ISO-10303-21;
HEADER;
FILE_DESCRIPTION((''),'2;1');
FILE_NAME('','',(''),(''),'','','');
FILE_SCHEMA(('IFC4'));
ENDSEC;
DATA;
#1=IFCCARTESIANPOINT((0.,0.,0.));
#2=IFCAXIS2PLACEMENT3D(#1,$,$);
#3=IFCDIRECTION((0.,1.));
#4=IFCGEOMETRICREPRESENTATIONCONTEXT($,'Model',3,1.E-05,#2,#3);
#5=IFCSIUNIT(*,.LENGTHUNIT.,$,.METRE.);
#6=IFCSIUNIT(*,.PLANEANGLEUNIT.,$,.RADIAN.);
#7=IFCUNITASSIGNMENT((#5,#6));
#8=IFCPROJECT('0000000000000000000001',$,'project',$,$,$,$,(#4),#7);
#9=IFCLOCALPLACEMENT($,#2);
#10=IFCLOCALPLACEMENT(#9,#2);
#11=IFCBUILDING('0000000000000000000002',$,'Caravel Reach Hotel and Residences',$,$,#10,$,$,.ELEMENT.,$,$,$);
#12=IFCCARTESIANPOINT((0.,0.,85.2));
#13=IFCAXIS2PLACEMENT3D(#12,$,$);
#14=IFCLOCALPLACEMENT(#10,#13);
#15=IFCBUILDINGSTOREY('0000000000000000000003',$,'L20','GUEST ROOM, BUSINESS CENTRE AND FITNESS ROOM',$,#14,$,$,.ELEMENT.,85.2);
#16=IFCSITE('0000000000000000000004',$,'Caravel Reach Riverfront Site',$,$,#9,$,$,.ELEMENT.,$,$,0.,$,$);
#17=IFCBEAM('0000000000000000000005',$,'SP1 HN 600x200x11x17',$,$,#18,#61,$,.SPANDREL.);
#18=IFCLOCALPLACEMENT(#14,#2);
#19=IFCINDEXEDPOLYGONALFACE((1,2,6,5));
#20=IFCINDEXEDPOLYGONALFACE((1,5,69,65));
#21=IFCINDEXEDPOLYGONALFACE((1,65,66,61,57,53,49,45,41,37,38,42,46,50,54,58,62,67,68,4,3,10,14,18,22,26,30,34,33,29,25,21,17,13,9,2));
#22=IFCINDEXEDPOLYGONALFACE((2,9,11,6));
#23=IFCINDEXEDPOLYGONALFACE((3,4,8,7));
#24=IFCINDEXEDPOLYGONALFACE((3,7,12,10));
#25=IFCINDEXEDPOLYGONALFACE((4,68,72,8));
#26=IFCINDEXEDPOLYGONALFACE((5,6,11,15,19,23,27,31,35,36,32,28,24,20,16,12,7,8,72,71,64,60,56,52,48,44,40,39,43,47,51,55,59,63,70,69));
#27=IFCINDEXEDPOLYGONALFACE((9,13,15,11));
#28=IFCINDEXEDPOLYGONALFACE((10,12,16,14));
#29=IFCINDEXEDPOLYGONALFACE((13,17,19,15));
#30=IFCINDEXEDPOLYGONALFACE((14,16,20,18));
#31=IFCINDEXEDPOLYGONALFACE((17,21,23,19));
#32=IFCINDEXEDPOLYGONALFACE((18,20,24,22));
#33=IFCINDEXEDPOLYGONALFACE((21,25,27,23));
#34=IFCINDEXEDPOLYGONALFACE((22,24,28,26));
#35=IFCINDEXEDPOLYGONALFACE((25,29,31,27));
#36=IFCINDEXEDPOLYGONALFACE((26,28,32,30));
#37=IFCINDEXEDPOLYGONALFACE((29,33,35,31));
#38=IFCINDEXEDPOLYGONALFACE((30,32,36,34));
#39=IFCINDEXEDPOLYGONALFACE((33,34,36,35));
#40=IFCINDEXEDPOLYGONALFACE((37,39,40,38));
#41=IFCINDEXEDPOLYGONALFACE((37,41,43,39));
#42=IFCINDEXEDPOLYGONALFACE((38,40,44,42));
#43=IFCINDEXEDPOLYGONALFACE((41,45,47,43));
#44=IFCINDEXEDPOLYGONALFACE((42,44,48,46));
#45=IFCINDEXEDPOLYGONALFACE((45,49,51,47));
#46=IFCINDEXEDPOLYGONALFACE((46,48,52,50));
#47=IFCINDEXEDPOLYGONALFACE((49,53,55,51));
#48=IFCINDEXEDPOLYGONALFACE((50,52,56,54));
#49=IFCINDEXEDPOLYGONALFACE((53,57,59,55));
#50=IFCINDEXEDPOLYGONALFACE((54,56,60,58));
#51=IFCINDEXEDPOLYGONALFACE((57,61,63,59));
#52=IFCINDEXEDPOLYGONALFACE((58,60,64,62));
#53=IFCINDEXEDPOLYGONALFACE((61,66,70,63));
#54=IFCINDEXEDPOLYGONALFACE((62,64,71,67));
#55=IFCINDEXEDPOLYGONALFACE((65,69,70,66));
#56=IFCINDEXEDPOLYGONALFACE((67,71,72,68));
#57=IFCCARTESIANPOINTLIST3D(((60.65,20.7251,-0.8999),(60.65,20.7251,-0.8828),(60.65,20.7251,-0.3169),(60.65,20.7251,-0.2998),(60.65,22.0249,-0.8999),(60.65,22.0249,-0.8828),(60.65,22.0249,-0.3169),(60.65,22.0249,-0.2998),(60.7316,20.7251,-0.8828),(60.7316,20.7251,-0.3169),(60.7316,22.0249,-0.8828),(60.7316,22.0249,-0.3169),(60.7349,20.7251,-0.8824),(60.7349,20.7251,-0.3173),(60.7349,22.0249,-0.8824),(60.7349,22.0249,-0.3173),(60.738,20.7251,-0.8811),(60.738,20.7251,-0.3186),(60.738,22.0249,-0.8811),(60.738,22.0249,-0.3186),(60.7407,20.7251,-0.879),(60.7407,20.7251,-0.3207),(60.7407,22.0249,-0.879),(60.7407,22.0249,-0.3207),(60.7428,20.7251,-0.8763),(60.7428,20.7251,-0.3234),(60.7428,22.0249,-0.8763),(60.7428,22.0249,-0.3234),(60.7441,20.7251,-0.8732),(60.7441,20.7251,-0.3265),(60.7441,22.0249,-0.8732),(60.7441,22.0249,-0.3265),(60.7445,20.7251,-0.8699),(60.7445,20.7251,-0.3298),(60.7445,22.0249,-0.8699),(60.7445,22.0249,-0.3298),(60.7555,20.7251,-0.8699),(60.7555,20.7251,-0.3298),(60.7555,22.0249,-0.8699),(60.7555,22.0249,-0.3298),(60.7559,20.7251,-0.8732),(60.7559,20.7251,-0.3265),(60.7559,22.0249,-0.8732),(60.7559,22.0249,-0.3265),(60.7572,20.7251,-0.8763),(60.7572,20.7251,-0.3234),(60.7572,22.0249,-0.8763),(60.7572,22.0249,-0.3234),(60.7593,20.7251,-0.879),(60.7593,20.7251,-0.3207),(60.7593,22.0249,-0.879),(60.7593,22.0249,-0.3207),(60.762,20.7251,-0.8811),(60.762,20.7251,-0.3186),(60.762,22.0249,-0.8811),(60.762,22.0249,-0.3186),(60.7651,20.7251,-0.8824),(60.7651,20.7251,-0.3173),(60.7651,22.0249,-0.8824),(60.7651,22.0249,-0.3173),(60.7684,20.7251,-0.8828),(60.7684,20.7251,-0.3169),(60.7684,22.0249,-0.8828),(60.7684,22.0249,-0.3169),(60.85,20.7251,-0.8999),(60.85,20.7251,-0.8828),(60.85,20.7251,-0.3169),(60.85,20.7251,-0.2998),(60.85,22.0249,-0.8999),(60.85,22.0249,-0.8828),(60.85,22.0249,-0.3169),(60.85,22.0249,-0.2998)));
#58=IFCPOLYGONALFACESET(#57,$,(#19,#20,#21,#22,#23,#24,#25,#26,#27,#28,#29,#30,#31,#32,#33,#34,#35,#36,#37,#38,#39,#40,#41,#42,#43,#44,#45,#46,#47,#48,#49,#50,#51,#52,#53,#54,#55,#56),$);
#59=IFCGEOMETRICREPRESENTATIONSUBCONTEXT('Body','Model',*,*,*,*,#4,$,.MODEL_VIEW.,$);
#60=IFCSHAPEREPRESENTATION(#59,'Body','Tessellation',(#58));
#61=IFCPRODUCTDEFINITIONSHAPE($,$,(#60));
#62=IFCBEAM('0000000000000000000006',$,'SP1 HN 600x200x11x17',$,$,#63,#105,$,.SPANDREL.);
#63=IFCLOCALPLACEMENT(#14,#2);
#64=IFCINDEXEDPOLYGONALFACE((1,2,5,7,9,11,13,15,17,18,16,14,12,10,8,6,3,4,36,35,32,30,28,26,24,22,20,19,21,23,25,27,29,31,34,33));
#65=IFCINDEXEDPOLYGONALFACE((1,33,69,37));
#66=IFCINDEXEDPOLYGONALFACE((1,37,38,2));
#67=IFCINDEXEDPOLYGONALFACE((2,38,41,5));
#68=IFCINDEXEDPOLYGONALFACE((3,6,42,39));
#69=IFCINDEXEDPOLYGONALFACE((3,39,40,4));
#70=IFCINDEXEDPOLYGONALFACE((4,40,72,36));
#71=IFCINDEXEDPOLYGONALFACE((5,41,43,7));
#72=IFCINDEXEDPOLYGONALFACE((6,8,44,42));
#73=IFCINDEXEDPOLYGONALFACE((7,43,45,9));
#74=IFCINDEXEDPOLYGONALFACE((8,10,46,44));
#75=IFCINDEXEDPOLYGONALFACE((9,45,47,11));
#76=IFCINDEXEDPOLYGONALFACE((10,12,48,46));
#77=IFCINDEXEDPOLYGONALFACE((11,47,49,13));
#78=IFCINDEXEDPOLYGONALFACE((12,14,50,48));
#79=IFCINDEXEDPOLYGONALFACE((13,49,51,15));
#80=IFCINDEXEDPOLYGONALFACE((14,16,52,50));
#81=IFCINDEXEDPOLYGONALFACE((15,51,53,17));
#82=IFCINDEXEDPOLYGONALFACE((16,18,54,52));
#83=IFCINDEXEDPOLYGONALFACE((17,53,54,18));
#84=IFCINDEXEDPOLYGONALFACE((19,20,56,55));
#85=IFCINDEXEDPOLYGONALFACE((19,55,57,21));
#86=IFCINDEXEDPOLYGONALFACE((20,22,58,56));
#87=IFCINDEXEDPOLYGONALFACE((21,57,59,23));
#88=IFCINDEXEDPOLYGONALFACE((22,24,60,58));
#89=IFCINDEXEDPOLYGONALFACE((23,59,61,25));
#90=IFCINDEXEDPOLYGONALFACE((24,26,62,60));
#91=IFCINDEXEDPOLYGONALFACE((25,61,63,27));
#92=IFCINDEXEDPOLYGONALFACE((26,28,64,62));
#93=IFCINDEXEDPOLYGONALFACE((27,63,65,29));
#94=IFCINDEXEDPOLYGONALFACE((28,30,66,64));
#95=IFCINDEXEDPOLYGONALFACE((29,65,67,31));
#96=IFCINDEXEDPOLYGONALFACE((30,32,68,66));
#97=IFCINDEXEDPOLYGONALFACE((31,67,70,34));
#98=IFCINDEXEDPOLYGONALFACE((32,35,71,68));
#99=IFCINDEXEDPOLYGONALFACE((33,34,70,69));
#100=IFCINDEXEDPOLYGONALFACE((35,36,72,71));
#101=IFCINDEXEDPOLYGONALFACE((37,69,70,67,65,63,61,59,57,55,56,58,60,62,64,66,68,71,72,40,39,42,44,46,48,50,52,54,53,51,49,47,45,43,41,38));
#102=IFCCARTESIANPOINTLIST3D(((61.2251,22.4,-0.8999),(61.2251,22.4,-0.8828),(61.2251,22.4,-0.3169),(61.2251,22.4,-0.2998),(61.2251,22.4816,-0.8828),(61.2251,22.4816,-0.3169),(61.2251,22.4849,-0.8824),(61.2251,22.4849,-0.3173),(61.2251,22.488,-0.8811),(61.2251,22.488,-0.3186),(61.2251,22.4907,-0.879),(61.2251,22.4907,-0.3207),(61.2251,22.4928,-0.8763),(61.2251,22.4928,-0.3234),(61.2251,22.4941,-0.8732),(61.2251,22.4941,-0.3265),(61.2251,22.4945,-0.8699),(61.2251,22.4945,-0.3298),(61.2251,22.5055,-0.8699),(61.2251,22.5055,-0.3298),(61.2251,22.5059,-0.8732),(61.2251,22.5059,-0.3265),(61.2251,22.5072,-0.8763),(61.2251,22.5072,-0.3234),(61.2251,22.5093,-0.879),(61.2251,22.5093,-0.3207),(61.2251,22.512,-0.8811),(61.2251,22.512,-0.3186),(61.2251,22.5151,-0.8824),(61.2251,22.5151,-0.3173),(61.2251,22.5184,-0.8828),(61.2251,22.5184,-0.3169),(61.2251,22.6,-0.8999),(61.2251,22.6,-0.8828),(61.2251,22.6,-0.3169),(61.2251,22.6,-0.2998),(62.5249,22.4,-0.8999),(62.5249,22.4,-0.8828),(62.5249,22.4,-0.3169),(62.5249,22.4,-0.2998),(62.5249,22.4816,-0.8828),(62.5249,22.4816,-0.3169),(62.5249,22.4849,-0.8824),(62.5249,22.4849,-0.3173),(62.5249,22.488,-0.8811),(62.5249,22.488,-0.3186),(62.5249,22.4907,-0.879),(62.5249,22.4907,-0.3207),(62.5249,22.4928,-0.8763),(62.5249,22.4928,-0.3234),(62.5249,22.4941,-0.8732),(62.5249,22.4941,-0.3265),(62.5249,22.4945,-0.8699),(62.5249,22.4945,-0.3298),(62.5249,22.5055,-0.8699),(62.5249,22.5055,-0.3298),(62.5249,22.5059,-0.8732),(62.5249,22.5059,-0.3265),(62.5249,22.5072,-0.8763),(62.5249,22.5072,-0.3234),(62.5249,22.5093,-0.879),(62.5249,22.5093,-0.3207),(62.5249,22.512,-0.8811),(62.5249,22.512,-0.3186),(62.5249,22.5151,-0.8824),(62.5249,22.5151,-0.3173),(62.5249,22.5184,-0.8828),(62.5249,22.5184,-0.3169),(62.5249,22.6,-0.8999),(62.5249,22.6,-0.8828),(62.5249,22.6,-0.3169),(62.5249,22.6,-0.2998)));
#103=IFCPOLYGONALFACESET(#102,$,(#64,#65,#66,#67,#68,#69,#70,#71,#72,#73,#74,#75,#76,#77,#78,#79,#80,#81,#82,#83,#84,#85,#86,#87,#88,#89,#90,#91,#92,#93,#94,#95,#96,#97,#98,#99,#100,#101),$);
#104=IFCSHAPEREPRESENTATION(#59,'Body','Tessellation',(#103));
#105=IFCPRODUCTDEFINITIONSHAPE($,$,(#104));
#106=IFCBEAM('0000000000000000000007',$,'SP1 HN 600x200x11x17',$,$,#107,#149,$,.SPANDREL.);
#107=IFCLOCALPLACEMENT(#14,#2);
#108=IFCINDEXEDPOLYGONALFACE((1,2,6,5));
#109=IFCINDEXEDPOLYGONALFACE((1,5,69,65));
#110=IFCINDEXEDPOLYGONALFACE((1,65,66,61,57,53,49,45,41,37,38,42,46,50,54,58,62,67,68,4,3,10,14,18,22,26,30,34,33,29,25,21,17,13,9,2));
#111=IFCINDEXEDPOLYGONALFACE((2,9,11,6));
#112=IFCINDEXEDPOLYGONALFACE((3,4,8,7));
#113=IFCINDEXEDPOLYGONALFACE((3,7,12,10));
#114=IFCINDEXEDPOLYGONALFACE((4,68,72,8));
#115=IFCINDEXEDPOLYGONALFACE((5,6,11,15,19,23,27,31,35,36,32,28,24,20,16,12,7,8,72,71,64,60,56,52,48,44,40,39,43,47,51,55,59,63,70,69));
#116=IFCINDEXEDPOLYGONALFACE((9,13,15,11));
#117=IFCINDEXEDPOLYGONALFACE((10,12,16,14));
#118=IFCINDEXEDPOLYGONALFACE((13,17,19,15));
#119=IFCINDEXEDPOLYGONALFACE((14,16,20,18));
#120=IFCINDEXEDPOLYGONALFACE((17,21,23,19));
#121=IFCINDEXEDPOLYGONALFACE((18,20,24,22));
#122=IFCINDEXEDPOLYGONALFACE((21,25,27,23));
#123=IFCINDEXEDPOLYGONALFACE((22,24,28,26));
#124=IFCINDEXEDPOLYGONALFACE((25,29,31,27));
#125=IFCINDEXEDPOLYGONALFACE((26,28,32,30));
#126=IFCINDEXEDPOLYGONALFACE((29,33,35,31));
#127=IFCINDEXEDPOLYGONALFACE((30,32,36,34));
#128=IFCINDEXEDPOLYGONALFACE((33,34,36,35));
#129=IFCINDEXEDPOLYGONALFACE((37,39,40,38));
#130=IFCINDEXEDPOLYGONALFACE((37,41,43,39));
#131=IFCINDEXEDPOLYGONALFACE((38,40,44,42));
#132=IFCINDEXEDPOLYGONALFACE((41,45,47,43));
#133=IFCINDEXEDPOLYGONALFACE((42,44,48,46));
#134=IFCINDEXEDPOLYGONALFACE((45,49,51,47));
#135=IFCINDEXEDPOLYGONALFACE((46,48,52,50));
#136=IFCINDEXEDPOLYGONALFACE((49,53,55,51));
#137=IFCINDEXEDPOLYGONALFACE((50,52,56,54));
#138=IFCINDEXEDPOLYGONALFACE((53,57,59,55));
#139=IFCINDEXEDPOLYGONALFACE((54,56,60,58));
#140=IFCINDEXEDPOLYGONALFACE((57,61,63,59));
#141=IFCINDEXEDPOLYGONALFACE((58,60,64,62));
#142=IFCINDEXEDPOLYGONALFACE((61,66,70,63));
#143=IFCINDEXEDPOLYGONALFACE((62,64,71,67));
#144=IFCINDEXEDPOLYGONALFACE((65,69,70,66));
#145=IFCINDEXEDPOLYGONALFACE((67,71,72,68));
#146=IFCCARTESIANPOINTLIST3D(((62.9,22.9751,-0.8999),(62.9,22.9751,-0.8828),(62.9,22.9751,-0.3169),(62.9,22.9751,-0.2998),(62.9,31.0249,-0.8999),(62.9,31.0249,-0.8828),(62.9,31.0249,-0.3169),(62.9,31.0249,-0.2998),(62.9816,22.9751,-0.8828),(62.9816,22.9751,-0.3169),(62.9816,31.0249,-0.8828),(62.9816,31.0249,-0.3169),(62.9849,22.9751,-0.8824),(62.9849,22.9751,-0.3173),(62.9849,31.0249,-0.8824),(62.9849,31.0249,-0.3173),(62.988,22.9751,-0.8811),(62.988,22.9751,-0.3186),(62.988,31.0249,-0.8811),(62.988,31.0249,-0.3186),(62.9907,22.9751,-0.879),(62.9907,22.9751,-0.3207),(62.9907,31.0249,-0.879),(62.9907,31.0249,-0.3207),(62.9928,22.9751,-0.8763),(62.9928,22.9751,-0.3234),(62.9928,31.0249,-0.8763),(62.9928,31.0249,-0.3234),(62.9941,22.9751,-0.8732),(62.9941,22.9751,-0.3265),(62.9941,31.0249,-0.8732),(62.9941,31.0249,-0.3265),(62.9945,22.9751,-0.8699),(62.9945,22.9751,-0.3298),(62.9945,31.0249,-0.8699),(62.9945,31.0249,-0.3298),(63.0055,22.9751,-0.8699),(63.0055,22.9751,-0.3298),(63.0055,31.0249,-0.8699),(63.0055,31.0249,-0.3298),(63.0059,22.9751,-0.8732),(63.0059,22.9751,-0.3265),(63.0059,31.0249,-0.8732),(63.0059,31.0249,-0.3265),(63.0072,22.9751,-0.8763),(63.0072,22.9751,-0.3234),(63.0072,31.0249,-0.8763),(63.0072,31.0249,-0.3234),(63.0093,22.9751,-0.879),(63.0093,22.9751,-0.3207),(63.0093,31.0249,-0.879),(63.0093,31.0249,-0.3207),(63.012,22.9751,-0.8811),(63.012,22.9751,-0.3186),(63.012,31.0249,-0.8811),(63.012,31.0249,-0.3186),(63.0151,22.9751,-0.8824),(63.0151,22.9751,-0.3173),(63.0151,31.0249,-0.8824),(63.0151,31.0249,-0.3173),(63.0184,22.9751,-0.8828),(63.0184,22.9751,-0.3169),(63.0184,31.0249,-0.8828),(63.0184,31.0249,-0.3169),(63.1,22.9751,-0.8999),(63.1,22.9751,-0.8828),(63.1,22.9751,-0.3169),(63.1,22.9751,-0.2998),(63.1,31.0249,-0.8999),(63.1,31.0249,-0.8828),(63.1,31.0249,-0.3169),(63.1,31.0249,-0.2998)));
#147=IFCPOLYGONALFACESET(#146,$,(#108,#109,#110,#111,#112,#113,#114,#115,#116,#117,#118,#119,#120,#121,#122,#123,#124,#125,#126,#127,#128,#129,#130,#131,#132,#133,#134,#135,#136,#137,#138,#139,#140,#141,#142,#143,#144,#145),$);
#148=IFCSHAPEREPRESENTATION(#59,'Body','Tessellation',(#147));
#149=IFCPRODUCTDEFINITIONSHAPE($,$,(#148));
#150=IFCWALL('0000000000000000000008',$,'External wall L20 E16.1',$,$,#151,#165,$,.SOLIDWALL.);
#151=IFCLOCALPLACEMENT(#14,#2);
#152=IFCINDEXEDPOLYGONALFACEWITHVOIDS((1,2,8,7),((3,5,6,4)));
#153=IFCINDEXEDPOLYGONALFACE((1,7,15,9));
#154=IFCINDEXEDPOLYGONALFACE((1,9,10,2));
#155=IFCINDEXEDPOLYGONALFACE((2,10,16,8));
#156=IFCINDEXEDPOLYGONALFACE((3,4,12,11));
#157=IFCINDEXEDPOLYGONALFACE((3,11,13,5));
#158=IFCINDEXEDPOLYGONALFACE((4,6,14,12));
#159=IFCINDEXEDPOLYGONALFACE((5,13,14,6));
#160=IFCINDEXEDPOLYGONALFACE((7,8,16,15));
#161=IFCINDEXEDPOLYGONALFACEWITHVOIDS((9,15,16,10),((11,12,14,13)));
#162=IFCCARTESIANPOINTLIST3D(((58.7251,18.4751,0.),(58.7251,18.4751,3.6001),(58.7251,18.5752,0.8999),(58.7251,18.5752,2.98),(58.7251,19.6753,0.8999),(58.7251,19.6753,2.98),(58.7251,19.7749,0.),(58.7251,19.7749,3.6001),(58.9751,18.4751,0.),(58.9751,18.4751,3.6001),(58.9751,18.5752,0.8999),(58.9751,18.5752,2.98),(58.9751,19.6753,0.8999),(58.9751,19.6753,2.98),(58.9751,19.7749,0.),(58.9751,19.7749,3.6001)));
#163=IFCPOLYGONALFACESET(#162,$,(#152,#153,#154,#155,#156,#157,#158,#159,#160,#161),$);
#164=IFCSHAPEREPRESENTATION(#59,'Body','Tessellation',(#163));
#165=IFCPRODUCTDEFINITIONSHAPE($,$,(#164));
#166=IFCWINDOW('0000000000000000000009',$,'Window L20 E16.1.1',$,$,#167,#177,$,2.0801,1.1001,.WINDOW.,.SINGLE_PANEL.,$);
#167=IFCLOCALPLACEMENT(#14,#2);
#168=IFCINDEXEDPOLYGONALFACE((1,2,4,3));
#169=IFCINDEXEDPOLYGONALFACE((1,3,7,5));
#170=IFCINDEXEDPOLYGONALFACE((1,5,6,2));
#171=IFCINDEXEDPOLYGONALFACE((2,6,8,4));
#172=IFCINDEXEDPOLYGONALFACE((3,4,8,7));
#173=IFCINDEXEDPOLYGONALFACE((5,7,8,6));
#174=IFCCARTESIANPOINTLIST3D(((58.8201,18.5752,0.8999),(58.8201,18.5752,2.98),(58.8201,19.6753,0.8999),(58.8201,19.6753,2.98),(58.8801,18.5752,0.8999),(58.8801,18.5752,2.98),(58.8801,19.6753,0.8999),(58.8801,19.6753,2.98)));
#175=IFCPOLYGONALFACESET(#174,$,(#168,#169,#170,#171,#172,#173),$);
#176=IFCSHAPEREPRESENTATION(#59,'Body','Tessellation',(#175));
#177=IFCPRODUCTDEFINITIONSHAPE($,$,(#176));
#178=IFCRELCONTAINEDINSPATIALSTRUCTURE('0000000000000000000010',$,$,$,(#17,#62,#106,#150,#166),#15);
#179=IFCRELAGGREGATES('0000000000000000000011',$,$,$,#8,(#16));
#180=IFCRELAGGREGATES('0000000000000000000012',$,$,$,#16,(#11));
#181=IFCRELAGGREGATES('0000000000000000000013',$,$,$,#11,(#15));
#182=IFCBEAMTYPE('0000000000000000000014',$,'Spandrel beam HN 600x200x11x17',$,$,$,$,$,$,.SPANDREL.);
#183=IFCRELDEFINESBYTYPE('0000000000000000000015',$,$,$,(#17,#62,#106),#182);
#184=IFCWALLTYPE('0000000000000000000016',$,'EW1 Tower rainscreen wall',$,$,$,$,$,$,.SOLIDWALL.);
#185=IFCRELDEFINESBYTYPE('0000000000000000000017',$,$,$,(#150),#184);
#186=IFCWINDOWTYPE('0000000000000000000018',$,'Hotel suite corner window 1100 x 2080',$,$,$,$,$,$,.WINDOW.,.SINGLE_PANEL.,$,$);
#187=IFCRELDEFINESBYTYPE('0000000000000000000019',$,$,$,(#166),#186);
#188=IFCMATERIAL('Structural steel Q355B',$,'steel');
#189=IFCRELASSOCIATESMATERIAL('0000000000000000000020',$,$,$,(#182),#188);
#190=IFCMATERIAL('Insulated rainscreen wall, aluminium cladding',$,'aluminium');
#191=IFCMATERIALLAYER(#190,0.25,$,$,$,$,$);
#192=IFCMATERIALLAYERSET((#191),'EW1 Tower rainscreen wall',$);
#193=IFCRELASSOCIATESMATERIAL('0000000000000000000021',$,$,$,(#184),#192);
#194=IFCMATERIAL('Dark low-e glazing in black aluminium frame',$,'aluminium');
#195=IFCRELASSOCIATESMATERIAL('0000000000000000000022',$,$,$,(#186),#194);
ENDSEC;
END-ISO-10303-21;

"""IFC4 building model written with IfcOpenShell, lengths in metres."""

from ifc_helpers import new_model, si_unit, direction, frame, frame_2d, origin, origin_2d, place, context, subcontext, project, spatial, rectangle, i_section, extrude, material, layer, layer_set, material_profile, profile_set, type_object, element, fill, save


model = new_model("IFC4")

# Units and contexts
model_context = context("Model", 3, precision=1e-05, world=origin(), true_north=direction((0.0, 1.0)))
body_context = subcontext(model_context, "Body", "Model", "MODEL_VIEW")
ifc_project = project(units=[si_unit("LENGTHUNIT", "METRE"), si_unit("PLANEANGLEUNIT", "RADIAN")], contexts=[model_context])

# Site, building, storey
site_placement = place(None, origin())
site = spatial("IfcSite", under=ifc_project, at=site_placement, Name="Caravel Reach Riverfront Site", CompositionType="ELEMENT", RefElevation=0.0)
building_placement = place(site_placement, origin())
building = spatial("IfcBuilding", under=site, at=building_placement, Name="Caravel Reach Hotel and Residences", CompositionType="ELEMENT")
storey_placement = place(building_placement, frame((0.0, 0.0, 85.2)))
storey = spatial("IfcBuildingStorey", under=building, at=storey_placement, Name="L20", Description="GUEST ROOM, BUSINESS CENTRE AND FITNESS ROOM", CompositionType="ELEMENT", Elevation=85.2)

# Beams
ifc_material_1 = material(Name="Structural steel Q355B", Category="steel")
ifc_material_profile_1 = material_profile(ifc_material_1, i_section(OverallWidth=0.2, OverallDepth=0.6001, WebThickness=0.011, FlangeThickness=0.0171, FilletRadius=0.0129, at=origin_2d()), Name="HN 600x200x11x17")
ifc_profile_set_1 = profile_set([ifc_material_profile_1], Name="Structural steel Q355B")
beam_type = type_object("IfcBeamType", Name="Spandrel beam HN 600x200x11x17", PredefinedType="SPANDREL", material=ifc_profile_set_1)
for number, where, z_axis, x_axis, name in (
    (1, (60.75, 20.7251, -0.5999), (0.0, 1.0, 0.0), (-1.0, 0.0, 0.0), "SP1 HN 600x200x11x17"),
    (2, (61.2251, 22.5, -0.5999), (1.0, 0.0, 0.0), (0.0, 1.0, 0.0), "SP1 HN 600x200x11x17"),
):
    element("IfcBeam", number, at=place(storey_placement, frame(where, z_axis=z_axis, x_axis=x_axis)), inside=storey, type_object=beam_type, Name=name, PredefinedType="SPANDREL", context=body_context, shape_type="SweptSolid", body=[
        extrude(i_section(OverallWidth=0.2, OverallDepth=0.6001, WebThickness=0.011, FlangeThickness=0.0171, FilletRadius=0.0129, at=origin_2d()), origin(), (0.0, 0.0, 1.0), 1.2998),
    ])
beam_placement = place(storey_placement, frame((63.0, 22.9751, -0.5999), z_axis=(0.0, 1.0, 0.0), x_axis=(-1.0, 0.0, 0.0)))
element("IfcBeam", 3, at=beam_placement, inside=storey, type_object=beam_type, Name="SP1 HN 600x200x11x17", PredefinedType="SPANDREL", context=body_context, shape_type="SweptSolid", body=[
    extrude(i_section(OverallWidth=0.2, OverallDepth=0.6001, WebThickness=0.011, FlangeThickness=0.0171, FilletRadius=0.0129, at=origin_2d()), origin(), (0.0, 0.0, 1.0), 8.0498),
])

# Wall, opening, window
ifc_material_2 = material(Name="Insulated rainscreen wall, aluminium cladding", Category="aluminium")
ifc_layer_1 = layer(ifc_material_2, 0.25)
ifc_layer_set_1 = layer_set([ifc_layer_1], Name="EW1 Tower rainscreen wall")
wall_type_1 = type_object("IfcWallType", Name="EW1 Tower rainscreen wall", PredefinedType="SOLIDWALL", material=ifc_layer_set_1)
wall_1_placement = place(storey_placement, frame((58.8501, 18.4751, 0.0), z_axis=(0.0, 0.0, 1.0), x_axis=(0.0, 1.0, 0.0)))
wall_1 = element("IfcWall", 4, at=wall_1_placement, inside=storey, type_object=wall_type_1, Name="External wall L20 E16.1", PredefinedType="SOLIDWALL", context=body_context, shape_type="SweptSolid", body=[
    extrude(rectangle(XDim=1.2998, YDim=0.25, at=frame_2d((0.6499, 0.0))), origin(), (0.0, 0.0, 1.0), 3.6001),
])
opening_1_placement = place(wall_1_placement, frame((0.1001, 0.0, 0.8999)))
opening_1 = element("IfcOpeningElement", 5, at=opening_1_placement, cuts=wall_1, PredefinedType="OPENING", context=body_context, shape_type="SweptSolid", body=[
    extrude(rectangle(XDim=1.1001, YDim=2.0801, at=frame_2d((0.55, 1.04))), frame((0.0, 0.135, 0.0), z_axis=(0.0, -1.0, 0.0), x_axis=(1.0, 0.0, 0.0)), (0.0, 0.0, 1.0), 0.27),
])
ifc_material_3 = material(Name="Dark low-e glazing in black aluminium frame", Category="aluminium")
window_type_1 = type_object("IfcWindowType", Name="Hotel suite corner window 1100 x 2080", PartitioningType="SINGLE_PANEL", PredefinedType="WINDOW", material=ifc_material_3)
window_1_placement = place(opening_1_placement, origin())
window_1 = element("IfcWindow", 6, at=window_1_placement, inside=storey, type_object=window_type_1, Name="Window L20 E16.1.1", OverallHeight=2.0801, OverallWidth=1.1001, PartitioningType="SINGLE_PANEL", PredefinedType="WINDOW", context=body_context, shape_type="SweptSolid", body=[
    extrude(rectangle(XDim=1.1001, YDim=2.0801, at=frame_2d((0.55, 1.04))), frame((0.0, 0.03, 0.0), z_axis=(0.0, -1.0, 0.0), x_axis=(1.0, 0.0, 0.0)), (0.0, 0.0, 1.0), 0.0601),
])
fill(opening_1, window_1)

save(model, "model.ifc")
